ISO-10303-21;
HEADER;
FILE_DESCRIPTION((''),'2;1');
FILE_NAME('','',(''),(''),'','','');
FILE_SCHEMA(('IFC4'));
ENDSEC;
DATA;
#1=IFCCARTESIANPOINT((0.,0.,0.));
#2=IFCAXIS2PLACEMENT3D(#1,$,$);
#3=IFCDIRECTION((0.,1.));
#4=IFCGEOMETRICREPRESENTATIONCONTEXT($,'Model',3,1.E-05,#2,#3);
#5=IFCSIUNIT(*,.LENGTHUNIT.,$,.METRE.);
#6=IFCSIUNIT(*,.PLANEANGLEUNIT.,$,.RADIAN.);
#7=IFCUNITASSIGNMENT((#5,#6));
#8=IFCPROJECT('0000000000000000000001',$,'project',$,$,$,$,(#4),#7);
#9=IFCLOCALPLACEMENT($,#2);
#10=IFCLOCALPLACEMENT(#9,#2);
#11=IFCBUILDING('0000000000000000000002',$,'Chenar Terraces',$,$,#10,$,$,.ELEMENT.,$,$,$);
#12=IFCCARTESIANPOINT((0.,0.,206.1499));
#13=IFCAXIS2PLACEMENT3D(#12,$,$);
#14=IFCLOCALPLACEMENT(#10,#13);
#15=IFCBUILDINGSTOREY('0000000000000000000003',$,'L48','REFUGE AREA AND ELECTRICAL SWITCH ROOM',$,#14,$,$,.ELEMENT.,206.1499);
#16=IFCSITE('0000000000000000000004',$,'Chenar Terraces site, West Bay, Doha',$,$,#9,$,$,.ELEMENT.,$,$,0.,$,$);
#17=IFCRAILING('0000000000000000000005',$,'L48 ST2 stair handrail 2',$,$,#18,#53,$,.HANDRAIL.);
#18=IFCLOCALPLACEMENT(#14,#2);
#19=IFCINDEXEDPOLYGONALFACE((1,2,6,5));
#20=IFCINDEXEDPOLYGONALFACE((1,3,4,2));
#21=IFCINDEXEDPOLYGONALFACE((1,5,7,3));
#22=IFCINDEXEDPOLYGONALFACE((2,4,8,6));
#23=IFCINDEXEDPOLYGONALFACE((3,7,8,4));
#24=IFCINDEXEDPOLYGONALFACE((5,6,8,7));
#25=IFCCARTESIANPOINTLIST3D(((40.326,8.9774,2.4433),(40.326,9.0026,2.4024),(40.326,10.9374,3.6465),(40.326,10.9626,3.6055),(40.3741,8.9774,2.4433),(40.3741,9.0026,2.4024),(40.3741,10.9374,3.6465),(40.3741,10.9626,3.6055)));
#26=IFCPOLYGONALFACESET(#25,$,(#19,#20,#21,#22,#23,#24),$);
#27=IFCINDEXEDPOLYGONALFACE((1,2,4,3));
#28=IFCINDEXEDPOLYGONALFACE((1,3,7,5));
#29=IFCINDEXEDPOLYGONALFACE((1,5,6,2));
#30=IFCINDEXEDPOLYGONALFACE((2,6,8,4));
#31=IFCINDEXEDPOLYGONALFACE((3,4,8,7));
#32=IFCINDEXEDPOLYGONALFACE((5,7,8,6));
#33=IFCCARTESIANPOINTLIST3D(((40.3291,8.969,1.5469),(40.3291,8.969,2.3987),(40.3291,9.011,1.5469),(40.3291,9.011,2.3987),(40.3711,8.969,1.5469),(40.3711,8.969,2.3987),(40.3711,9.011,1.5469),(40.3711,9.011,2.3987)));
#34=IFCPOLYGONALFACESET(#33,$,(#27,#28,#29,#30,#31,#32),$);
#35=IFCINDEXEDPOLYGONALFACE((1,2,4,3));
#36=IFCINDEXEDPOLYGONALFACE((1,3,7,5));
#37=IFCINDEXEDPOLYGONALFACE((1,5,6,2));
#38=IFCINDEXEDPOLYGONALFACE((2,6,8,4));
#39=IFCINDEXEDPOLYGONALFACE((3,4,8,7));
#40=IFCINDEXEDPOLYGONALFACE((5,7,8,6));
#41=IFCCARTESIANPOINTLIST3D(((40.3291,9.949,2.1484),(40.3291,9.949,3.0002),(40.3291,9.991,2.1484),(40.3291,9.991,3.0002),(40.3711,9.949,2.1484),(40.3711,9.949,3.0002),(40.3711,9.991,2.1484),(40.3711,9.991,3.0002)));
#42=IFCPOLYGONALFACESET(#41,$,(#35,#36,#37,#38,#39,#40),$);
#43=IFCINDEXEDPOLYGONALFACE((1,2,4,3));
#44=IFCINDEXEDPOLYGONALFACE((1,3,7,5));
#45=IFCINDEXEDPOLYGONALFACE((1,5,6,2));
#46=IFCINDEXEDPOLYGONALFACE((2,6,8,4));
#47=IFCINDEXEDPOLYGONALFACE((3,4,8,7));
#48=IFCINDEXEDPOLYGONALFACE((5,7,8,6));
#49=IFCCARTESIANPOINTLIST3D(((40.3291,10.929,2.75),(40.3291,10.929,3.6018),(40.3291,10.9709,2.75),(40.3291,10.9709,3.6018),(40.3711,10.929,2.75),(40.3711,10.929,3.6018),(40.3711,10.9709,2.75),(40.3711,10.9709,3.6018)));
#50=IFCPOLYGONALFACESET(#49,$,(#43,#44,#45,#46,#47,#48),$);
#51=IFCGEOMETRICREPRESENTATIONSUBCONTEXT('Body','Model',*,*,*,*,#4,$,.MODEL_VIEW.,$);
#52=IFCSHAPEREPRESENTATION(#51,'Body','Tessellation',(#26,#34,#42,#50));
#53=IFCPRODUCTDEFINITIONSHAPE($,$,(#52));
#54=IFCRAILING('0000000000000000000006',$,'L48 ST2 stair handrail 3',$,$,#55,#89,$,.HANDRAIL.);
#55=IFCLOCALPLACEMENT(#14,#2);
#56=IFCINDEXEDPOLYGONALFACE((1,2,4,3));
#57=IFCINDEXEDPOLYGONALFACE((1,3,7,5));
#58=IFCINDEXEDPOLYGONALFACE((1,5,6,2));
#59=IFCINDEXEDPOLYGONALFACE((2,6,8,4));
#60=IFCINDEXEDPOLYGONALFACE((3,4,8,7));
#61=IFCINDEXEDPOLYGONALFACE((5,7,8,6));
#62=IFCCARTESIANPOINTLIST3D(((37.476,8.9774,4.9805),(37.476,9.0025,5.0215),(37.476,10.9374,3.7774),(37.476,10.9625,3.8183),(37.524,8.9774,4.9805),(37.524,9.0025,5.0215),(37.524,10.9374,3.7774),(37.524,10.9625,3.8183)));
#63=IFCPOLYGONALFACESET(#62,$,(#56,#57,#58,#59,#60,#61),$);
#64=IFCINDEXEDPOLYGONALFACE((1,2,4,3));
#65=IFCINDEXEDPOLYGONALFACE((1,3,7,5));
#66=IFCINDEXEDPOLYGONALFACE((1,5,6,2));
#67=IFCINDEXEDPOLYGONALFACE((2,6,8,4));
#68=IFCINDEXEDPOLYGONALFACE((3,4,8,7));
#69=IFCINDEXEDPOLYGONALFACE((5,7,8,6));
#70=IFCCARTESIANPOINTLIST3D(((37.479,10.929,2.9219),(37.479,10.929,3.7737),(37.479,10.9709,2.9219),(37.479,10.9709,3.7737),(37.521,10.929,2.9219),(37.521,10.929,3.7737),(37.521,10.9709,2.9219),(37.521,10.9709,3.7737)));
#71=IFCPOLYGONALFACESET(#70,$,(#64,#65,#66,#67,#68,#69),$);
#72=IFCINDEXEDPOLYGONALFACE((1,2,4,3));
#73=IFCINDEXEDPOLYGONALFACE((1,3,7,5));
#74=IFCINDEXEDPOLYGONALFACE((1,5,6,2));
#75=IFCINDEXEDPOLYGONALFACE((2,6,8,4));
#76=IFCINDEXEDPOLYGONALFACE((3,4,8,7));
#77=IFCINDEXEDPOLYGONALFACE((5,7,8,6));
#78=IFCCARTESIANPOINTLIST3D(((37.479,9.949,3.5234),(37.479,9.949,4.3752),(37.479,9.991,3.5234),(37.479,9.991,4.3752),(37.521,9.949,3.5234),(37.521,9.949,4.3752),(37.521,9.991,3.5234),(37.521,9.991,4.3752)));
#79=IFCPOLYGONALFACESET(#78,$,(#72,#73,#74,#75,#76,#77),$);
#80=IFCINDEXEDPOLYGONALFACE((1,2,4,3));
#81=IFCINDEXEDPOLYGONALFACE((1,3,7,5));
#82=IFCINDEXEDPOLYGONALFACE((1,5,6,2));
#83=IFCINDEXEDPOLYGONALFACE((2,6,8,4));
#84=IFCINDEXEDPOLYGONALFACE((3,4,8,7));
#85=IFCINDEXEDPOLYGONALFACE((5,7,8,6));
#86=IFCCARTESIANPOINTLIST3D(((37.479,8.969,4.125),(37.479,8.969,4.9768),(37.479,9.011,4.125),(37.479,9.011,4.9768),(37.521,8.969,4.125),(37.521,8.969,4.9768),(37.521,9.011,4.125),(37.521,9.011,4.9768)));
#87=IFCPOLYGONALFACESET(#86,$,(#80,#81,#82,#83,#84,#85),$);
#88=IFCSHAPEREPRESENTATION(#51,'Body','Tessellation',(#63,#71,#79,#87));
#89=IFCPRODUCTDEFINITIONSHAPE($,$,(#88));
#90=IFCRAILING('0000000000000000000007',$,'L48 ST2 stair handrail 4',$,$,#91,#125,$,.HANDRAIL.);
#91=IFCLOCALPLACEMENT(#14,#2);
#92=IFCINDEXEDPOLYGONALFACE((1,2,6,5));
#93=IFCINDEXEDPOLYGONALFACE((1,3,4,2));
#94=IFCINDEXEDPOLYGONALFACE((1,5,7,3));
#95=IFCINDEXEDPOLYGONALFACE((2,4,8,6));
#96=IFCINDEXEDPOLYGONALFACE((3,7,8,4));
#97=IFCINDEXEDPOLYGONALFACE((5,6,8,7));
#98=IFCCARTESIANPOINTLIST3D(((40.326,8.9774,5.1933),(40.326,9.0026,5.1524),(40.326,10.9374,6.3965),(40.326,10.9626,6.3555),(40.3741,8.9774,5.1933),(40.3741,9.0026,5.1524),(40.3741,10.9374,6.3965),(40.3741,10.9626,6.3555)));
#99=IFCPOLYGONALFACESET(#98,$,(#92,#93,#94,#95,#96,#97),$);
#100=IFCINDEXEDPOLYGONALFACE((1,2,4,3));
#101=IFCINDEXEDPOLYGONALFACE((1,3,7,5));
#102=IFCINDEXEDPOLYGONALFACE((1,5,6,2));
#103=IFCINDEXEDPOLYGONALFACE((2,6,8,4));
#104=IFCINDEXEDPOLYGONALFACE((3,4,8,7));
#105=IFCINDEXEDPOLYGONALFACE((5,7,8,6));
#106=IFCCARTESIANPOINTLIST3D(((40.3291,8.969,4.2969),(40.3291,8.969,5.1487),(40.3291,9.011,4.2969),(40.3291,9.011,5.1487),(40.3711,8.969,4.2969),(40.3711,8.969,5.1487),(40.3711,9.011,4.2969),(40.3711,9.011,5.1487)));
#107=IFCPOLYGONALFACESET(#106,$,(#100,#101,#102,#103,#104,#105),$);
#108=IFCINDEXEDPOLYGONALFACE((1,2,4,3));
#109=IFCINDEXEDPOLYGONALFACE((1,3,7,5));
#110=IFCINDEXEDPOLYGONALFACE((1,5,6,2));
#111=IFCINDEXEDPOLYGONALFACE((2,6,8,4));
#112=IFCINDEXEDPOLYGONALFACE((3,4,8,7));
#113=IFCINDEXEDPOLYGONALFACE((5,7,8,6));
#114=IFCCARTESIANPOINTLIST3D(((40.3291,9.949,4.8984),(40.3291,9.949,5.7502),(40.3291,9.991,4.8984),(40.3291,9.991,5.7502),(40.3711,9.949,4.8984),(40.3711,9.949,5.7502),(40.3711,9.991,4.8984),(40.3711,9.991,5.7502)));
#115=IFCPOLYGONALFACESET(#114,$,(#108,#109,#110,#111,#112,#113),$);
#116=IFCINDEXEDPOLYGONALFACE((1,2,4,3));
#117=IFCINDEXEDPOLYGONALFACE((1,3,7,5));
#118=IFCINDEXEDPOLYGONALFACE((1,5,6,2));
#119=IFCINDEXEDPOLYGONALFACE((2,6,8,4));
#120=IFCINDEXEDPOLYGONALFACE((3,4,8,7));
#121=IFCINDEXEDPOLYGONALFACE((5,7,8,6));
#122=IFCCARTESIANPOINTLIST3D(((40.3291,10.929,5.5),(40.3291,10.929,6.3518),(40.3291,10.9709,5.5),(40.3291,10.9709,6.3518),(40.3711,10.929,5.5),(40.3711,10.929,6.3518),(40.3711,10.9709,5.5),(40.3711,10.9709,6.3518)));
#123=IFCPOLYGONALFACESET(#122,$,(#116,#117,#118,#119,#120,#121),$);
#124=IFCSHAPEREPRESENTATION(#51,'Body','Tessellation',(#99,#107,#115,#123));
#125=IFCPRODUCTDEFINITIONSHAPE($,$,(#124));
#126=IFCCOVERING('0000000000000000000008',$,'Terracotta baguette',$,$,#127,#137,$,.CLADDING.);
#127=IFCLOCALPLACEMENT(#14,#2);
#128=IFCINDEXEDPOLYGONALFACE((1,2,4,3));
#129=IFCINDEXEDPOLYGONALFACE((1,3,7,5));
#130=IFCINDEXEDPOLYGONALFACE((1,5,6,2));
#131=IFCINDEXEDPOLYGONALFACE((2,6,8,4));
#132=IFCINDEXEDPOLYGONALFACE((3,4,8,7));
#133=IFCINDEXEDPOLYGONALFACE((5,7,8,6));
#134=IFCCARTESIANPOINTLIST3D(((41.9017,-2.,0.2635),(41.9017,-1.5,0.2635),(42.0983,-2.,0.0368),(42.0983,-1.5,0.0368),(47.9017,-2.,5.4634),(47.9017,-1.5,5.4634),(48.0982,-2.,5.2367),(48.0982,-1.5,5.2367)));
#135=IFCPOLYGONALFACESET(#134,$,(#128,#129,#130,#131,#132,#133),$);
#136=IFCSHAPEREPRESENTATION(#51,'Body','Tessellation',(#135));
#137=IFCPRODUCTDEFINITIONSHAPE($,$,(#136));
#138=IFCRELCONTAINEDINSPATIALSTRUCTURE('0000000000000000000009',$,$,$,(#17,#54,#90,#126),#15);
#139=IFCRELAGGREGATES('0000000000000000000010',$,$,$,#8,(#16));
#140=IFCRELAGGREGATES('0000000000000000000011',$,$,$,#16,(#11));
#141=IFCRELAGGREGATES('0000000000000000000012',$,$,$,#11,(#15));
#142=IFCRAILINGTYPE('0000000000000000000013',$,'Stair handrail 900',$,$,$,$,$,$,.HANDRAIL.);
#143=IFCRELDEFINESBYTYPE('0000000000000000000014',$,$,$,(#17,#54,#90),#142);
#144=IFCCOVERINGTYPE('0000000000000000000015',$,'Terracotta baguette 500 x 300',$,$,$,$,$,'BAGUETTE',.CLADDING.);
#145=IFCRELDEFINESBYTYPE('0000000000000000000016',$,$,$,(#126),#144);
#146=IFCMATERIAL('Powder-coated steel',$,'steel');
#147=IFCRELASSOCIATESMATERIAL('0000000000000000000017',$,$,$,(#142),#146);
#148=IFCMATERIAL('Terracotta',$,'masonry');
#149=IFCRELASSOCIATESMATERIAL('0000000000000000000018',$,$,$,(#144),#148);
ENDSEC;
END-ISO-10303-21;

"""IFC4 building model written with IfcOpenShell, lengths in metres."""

from ifc_helpers import new_model, si_unit, direction, frame, origin, origin_2d, place, context, subcontext, project, spatial, rectangle, extrude, material, material_profile, profile_set, type_object, element, save


model = new_model("IFC4")

# Units and contexts
model_context = context("Model", 3, precision=1e-05, world=origin(), true_north=direction((0.0, 1.0)))
body_context = subcontext(model_context, "Body", "Model", "MODEL_VIEW")
ifc_project = project(units=[si_unit("LENGTHUNIT", "METRE"), si_unit("PLANEANGLEUNIT", "RADIAN")], contexts=[model_context])

# Site, building, storey
site_placement = place(None, origin())
site = spatial("IfcSite", under=ifc_project, at=site_placement, Name="Chenar Terraces site, West Bay, Doha", CompositionType="ELEMENT", RefElevation=0.0)
building_placement = place(site_placement, origin())
building = spatial("IfcBuilding", under=site, at=building_placement, Name="Chenar Terraces", CompositionType="ELEMENT")
storey_placement = place(building_placement, frame((0.0, 0.0, 206.1499)))
storey = spatial("IfcBuildingStorey", under=building, at=storey_placement, Name="L48", Description="REFUGE AREA AND ELECTRICAL SWITCH ROOM", CompositionType="ELEMENT", Elevation=206.1499)

# Railings
ifc_material_1 = material(Name="Powder-coated steel", Category="steel")
railing_type_1 = type_object("IfcRailingType", Name="Stair handrail 900", PredefinedType="HANDRAIL", material=ifc_material_1)
railing_1_placement = place(storey_placement, frame((40.3501, 8.99, 1.5469)))
element("IfcRailing", 1, at=railing_1_placement, inside=storey, type_object=railing_type_1, Name="L48 ST2 stair handrail 2", PredefinedType="HANDRAIL", context=body_context, shape_type="SweptSolid", body=[
    extrude(rectangle(XDim=0.0481, YDim=0.0481, at=origin_2d()), frame((0.0, 0.0, 0.876), z_axis=(0.0, 0.852241, 0.523149), x_axis=(-1.0, 0.0, 0.0)), (0.0, 0.0, 1.0), 2.2998),
    extrude(rectangle(XDim=0.042, YDim=0.042, at=origin_2d()), origin(), (0.0, 0.0, 1.0), 0.8518),
    extrude(rectangle(XDim=0.042, YDim=0.042, at=origin_2d()), frame((0.0, 0.98, 0.6016)), (0.0, 0.0, 1.0), 0.8518),
    extrude(rectangle(XDim=0.042, YDim=0.042, at=origin_2d()), frame((0.0, 1.96, 1.2031)), (0.0, 0.0, 1.0), 0.8518),
])
railing_2_placement = place(storey_placement, frame((37.5, 10.95, 2.9219)))
element("IfcRailing", 2, at=railing_2_placement, inside=storey, type_object=railing_type_1, Name="L48 ST2 stair handrail 3", PredefinedType="HANDRAIL", context=body_context, shape_type="SweptSolid", body=[
    extrude(rectangle(XDim=0.0481, YDim=0.0481, at=origin_2d()), frame((0.0, 0.0, 0.876), z_axis=(0.0, -0.852241, 0.523149), x_axis=(1.0, 0.0, 0.0)), (0.0, 0.0, 1.0), 2.2998),
    extrude(rectangle(XDim=0.042, YDim=0.042, at=origin_2d()), origin(), (0.0, 0.0, 1.0), 0.8518),
    extrude(rectangle(XDim=0.042, YDim=0.042, at=origin_2d()), frame((0.0, -0.98, 0.6016)), (0.0, 0.0, 1.0), 0.8518),
    extrude(rectangle(XDim=0.042, YDim=0.042, at=origin_2d()), frame((0.0, -1.96, 1.2031)), (0.0, 0.0, 1.0), 0.8518),
])
railing_3_placement = place(storey_placement, frame((40.3501, 8.99, 4.2969)))
element("IfcRailing", 3, at=railing_3_placement, inside=storey, type_object=railing_type_1, Name="L48 ST2 stair handrail 4", PredefinedType="HANDRAIL", context=body_context, shape_type="SweptSolid", body=[
    extrude(rectangle(XDim=0.0481, YDim=0.0481, at=origin_2d()), frame((0.0, 0.0, 0.876), z_axis=(0.0, 0.852241, 0.523149), x_axis=(-1.0, 0.0, 0.0)), (0.0, 0.0, 1.0), 2.2998),
    extrude(rectangle(XDim=0.042, YDim=0.042, at=origin_2d()), origin(), (0.0, 0.0, 1.0), 0.8518),
    extrude(rectangle(XDim=0.042, YDim=0.042, at=origin_2d()), frame((0.0, 0.98, 0.6016)), (0.0, 0.0, 1.0), 0.8518),
    extrude(rectangle(XDim=0.042, YDim=0.042, at=origin_2d()), frame((0.0, 1.96, 1.2031)), (0.0, 0.0, 1.0), 0.8518),
])

# Covering
ifc_material_2 = material(Name="Terracotta", Category="masonry")
ifc_material_profile = material_profile(ifc_material_2, rectangle(XDim=0.5, YDim=0.3, at=origin_2d()), Name="Terracotta baguette 500 x 300")
ifc_profile_set = profile_set([ifc_material_profile], Name="Terracotta")
covering_type = type_object("IfcCoveringType", Name="Terracotta baguette 500 x 300", ElementType="BAGUETTE", PredefinedType="CLADDING", material=ifc_profile_set)
covering_placement = place(storey_placement, frame((42.0, -1.75, 0.1501), z_axis=(0.755692, 0.0, 0.654927), x_axis=(0.0, 1.0, 0.0)))
element("IfcCovering", 4, at=covering_placement, inside=storey, type_object=covering_type, Name="Terracotta baguette", PredefinedType="CLADDING", context=body_context, shape_type="SweptSolid", body=[
    extrude(rectangle(XDim=0.5, YDim=0.3, at=origin_2d()), origin(), (0.0, 0.0, 1.0), 7.9397),
])

save(model, "model.ifc")
